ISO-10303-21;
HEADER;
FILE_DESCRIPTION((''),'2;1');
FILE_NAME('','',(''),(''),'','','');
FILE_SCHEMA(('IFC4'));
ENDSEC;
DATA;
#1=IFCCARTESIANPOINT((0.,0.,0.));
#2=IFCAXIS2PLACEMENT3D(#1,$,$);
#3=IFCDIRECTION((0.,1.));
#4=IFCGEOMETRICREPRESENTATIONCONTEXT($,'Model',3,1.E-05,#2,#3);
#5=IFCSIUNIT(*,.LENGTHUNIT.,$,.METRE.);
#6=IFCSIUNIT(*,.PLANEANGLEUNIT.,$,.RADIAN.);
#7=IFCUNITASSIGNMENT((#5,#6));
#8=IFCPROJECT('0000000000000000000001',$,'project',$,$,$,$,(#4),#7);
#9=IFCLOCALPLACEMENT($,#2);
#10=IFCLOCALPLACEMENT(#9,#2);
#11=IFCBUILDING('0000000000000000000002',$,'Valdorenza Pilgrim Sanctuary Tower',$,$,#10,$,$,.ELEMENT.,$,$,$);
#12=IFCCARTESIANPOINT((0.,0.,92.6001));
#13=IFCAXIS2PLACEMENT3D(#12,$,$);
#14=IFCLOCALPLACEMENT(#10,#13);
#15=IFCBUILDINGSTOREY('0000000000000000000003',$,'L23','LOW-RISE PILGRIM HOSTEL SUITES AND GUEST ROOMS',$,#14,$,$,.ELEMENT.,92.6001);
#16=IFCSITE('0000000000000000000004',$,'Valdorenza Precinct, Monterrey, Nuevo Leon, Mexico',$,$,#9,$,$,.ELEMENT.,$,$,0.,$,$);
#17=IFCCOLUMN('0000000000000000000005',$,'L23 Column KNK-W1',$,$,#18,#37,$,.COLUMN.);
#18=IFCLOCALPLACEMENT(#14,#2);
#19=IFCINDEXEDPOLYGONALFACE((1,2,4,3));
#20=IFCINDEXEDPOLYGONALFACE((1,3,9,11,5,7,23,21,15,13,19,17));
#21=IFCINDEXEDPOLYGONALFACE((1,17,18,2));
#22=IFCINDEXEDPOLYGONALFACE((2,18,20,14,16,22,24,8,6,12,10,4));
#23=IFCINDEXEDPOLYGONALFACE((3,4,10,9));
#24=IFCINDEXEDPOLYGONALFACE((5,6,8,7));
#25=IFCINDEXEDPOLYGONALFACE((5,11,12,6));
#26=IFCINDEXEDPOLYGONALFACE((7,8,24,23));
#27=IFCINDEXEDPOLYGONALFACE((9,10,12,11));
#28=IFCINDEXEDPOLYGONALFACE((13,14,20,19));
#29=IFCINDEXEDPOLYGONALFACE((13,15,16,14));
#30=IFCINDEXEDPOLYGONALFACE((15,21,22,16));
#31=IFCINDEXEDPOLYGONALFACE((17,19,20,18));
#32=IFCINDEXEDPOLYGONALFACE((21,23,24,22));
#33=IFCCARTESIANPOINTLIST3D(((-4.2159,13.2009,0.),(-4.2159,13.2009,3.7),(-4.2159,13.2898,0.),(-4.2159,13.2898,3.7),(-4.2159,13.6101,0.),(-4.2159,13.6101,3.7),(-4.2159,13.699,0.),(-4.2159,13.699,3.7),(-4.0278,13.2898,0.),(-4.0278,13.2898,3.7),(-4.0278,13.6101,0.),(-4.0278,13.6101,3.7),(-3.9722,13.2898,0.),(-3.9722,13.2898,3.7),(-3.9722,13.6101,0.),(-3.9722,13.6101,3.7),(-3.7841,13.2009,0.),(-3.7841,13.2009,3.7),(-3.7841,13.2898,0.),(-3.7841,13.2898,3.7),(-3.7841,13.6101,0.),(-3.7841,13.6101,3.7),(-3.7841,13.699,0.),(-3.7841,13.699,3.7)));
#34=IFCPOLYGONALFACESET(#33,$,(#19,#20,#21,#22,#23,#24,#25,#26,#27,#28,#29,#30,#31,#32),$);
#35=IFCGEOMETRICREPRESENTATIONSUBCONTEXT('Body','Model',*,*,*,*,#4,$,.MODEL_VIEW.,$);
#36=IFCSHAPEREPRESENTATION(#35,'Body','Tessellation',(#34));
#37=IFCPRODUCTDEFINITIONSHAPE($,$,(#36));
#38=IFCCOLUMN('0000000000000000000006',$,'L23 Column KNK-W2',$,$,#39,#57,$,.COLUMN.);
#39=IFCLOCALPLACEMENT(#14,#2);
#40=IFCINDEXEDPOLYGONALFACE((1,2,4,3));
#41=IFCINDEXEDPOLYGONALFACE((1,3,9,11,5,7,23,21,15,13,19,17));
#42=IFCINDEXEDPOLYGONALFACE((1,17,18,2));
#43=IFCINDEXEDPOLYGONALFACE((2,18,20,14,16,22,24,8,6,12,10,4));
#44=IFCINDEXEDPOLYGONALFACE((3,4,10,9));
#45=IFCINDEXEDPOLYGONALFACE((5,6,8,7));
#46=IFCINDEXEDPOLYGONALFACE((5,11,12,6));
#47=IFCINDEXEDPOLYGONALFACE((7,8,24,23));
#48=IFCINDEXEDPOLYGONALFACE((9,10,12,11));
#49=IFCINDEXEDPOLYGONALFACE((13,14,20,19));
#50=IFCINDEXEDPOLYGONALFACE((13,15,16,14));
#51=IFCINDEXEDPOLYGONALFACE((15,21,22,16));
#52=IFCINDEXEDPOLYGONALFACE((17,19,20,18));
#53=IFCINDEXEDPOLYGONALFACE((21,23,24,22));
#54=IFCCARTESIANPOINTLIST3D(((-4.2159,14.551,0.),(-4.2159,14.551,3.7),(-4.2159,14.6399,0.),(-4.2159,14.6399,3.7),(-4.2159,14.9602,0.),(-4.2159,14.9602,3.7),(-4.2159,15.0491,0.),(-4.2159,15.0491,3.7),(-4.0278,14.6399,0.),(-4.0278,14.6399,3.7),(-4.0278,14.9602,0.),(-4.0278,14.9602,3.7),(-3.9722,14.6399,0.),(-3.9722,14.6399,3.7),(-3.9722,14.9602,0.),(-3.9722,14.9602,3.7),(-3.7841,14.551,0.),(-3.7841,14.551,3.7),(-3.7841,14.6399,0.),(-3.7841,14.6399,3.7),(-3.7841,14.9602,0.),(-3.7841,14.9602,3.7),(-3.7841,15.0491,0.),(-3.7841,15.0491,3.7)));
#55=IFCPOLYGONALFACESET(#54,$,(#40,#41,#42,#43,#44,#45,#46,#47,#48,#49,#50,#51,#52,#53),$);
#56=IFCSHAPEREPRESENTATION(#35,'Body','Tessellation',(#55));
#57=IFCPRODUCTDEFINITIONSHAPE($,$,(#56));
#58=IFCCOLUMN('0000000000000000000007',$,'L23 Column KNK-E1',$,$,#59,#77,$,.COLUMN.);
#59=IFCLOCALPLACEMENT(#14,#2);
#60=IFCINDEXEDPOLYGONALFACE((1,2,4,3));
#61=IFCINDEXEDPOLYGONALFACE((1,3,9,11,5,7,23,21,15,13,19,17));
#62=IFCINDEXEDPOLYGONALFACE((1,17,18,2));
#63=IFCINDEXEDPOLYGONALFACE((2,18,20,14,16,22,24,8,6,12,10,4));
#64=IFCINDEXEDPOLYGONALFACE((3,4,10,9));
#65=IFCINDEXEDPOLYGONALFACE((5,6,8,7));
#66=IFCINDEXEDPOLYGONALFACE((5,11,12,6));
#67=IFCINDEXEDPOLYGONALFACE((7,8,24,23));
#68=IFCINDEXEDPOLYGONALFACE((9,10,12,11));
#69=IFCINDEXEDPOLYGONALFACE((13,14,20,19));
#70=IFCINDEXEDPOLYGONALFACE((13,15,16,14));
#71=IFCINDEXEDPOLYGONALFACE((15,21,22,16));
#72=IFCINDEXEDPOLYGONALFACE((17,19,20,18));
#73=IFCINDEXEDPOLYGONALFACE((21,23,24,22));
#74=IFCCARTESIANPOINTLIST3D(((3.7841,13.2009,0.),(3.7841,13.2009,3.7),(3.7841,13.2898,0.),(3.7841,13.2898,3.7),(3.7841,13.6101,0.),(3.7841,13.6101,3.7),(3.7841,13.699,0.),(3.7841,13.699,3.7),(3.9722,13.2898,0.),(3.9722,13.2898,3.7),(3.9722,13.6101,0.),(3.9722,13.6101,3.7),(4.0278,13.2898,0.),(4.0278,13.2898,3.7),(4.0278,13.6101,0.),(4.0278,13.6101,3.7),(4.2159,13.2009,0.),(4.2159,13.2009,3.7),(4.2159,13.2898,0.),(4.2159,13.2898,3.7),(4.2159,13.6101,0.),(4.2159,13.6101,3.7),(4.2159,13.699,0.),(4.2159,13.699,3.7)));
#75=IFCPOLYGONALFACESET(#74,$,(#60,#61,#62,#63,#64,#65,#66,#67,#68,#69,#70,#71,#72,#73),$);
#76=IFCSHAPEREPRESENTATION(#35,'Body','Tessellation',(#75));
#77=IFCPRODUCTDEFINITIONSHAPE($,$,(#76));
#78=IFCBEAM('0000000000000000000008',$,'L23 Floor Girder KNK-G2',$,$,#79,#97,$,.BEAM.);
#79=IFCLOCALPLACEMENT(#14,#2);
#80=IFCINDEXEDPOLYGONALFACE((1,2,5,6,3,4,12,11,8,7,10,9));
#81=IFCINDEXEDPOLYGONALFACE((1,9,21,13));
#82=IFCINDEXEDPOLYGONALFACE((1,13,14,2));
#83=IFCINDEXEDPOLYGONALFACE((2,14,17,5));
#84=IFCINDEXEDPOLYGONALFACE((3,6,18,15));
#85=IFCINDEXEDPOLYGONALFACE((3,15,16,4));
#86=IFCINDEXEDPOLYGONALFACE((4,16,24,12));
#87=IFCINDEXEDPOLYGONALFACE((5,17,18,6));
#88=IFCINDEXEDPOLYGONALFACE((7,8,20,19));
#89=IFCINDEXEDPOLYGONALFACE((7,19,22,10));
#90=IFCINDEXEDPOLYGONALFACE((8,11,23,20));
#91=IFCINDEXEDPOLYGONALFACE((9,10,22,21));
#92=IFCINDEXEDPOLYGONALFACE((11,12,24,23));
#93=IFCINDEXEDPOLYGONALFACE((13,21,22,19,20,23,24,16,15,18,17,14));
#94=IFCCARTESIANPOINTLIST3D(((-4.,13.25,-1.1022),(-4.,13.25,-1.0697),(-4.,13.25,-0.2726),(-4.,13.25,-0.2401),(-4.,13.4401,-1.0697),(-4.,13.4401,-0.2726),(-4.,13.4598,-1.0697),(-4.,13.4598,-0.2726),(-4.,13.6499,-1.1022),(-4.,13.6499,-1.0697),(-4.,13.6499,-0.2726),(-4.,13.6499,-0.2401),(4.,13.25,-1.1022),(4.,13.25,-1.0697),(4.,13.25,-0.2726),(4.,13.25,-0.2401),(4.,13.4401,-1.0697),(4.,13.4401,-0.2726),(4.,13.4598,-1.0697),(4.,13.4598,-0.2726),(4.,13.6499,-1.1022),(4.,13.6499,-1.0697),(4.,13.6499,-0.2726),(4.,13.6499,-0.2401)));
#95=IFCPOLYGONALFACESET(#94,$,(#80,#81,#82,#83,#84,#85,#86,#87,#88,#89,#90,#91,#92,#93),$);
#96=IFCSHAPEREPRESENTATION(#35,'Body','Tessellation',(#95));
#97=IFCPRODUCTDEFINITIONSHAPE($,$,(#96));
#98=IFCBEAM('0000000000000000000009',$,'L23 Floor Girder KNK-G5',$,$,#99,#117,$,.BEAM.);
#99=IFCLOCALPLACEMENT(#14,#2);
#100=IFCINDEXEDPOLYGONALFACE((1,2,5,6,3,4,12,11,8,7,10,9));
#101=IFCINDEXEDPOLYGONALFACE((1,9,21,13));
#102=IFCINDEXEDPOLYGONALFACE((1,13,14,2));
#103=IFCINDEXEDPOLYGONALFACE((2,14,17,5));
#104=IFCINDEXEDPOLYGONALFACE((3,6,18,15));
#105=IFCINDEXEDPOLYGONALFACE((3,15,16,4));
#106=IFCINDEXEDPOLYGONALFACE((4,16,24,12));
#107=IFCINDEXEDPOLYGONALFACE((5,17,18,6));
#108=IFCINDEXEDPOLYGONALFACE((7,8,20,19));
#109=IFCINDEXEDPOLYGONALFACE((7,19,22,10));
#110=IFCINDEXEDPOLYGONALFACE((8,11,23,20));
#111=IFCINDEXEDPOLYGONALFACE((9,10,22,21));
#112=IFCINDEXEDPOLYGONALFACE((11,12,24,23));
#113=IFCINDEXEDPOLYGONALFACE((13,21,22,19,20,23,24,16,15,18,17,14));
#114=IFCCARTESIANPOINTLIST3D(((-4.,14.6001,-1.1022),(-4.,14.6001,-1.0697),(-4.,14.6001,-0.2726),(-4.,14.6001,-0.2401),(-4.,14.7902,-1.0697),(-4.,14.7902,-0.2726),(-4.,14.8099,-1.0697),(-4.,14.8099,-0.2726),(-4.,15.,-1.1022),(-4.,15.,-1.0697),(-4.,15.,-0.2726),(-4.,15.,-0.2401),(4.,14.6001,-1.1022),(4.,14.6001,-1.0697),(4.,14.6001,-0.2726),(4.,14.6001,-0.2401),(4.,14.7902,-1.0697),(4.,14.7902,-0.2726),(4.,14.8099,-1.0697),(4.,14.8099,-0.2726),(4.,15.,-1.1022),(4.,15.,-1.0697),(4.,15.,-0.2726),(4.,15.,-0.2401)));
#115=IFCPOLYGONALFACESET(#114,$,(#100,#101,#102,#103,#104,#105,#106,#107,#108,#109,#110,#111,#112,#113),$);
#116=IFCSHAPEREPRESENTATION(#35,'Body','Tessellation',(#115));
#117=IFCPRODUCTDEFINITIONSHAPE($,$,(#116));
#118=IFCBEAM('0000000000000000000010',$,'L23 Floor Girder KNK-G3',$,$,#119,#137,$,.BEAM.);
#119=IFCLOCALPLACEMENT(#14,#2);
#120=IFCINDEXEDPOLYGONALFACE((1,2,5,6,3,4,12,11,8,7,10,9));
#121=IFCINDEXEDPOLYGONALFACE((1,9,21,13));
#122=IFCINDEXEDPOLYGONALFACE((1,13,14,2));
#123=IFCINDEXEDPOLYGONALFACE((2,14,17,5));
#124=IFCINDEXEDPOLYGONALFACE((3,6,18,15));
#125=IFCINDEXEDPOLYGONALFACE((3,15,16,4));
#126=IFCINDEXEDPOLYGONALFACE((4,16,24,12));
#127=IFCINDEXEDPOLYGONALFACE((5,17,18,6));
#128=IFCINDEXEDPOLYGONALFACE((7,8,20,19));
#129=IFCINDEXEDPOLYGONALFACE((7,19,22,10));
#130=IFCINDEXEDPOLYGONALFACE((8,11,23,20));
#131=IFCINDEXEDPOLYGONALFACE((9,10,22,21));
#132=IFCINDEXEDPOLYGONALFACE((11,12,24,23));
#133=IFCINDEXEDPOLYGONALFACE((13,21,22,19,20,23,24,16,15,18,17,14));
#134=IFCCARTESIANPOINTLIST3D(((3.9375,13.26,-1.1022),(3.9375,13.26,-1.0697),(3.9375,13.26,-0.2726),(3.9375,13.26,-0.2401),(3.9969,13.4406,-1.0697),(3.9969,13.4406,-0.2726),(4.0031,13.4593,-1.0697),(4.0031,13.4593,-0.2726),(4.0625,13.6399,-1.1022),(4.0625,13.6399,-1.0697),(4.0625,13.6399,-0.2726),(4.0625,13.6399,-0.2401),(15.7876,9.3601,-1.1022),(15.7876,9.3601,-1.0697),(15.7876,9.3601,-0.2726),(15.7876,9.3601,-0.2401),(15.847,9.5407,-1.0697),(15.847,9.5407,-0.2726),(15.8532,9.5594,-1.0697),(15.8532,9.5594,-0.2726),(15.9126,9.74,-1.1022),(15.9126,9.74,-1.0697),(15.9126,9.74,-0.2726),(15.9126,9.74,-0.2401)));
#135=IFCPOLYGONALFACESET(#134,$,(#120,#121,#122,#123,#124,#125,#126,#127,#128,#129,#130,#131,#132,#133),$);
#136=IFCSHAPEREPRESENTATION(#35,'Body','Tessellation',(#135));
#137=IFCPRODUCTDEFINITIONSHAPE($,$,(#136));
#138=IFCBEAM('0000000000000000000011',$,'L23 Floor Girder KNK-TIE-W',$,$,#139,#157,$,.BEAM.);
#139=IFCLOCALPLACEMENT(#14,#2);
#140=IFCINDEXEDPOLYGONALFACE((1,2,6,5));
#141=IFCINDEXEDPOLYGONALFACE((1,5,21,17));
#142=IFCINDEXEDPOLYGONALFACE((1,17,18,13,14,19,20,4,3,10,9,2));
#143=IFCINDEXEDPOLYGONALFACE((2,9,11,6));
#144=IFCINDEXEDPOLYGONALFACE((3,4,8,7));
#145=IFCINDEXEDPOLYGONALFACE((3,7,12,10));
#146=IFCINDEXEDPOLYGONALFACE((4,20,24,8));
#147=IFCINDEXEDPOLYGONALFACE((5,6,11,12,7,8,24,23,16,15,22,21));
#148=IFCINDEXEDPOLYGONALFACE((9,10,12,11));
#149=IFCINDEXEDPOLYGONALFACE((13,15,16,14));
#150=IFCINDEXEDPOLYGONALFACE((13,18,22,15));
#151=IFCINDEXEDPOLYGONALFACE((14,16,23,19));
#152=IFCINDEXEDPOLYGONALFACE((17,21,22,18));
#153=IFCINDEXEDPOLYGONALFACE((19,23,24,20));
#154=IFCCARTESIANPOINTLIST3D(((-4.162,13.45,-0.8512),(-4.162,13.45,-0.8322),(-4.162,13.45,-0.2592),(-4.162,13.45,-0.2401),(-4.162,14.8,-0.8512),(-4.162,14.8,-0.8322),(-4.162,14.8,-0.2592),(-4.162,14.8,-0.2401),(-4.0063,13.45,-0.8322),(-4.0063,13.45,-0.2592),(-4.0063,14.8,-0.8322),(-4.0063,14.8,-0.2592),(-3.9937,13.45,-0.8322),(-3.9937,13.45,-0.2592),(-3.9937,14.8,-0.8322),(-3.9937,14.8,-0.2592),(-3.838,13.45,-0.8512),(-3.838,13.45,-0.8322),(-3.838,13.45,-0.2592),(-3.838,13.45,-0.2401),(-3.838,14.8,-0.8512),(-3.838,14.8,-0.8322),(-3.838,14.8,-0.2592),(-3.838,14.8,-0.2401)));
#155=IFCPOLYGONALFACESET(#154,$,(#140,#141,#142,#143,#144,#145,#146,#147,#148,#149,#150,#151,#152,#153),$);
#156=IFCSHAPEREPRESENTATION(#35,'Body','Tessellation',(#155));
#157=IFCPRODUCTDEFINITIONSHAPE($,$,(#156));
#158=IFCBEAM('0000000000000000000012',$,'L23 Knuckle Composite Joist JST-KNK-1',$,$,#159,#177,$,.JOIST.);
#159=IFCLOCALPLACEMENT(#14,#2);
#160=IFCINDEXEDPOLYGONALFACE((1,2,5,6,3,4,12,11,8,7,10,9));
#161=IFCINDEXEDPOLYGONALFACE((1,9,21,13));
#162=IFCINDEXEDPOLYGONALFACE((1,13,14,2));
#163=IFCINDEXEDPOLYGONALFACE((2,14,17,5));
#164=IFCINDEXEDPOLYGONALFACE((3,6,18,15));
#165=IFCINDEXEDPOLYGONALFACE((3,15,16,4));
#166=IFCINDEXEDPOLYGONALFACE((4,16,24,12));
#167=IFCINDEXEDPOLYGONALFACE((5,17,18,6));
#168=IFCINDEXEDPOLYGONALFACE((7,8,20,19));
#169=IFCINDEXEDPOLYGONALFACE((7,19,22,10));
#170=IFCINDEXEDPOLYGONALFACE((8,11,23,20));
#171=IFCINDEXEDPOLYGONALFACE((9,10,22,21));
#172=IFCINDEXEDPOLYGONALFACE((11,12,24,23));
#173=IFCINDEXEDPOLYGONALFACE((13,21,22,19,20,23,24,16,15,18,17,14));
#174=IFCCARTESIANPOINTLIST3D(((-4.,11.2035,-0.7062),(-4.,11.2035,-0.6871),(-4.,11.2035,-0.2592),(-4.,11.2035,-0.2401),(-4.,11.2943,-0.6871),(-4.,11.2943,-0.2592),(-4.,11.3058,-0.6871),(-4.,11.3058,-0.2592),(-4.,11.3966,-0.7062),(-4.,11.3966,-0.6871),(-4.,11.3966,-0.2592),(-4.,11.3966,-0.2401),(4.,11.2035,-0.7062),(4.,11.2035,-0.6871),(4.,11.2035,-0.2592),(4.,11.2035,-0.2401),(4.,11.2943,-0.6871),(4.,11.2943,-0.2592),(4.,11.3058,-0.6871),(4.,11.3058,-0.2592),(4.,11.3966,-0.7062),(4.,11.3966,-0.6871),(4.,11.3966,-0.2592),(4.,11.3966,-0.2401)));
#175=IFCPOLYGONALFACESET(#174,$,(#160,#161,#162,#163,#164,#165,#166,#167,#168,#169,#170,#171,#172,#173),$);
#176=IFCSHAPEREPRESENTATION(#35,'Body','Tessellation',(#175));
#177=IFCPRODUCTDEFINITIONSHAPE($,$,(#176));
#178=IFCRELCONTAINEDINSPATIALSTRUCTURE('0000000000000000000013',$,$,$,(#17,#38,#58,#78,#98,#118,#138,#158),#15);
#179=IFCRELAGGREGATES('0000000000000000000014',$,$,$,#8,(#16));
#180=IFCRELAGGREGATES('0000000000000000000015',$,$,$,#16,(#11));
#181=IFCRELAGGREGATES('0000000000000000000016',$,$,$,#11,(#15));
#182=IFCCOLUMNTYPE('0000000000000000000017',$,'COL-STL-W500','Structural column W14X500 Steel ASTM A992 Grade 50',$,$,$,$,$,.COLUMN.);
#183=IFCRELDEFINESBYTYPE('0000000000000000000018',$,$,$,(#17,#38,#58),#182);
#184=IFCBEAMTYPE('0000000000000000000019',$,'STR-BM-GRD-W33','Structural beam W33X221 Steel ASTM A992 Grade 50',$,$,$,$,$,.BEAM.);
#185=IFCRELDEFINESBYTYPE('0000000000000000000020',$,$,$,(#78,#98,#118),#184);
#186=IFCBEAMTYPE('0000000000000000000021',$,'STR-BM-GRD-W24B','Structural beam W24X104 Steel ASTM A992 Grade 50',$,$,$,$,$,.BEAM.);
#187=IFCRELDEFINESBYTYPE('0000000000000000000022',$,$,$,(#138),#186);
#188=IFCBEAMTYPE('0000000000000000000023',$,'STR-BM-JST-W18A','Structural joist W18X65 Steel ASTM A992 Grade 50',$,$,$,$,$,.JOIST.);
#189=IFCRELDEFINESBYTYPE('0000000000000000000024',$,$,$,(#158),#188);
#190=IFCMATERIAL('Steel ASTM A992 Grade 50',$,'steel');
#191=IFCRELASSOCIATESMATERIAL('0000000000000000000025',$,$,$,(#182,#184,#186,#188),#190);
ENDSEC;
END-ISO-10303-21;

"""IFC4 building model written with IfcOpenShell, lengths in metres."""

from ifc_helpers import new_model, si_unit, direction, frame, origin, origin_2d, place, context, subcontext, project, spatial, i_section, extrude, source, transform, mapped, material, material_profile, profile_set, type_object, element, save


model = new_model("IFC4")

# Units and contexts
model_context = context("Model", 3, precision=1e-05, world=origin(), true_north=direction((0.0, 1.0)))
body_context = subcontext(model_context, "Body", "Model", "MODEL_VIEW")
ifc_project = project(units=[si_unit("LENGTHUNIT", "METRE"), si_unit("PLANEANGLEUNIT", "RADIAN")], contexts=[model_context])

# Site, building, storey
site_placement = place(None, origin())
site = spatial("IfcSite", under=ifc_project, at=site_placement, Name="Valdorenza Precinct, Monterrey, Nuevo Leon, Mexico", CompositionType="ELEMENT", RefElevation=0.0)
building_placement = place(site_placement, origin())
building = spatial("IfcBuilding", under=site, at=building_placement, Name="Valdorenza Pilgrim Sanctuary Tower", CompositionType="ELEMENT")
storey_placement = place(building_placement, frame((0.0, 0.0, 92.6001)))
storey = spatial("IfcBuildingStorey", under=building, at=storey_placement, Name="L23", Description="LOW-RISE PILGRIM HOSTEL SUITES AND GUEST ROOMS", CompositionType="ELEMENT", Elevation=92.6001)

# Columns
ifc_material_1 = material(Name="Steel ASTM A992 Grade 50", Category="steel")
ifc_material_profile_1 = material_profile(ifc_material_1, i_section(OverallWidth=0.4319, OverallDepth=0.498, WebThickness=0.0557, FlangeThickness=0.0889, at=origin_2d()), Name="W14X500")
ifc_profile_set_1 = profile_set([ifc_material_profile_1], Name="Steel ASTM A992 Grade 50")
column_type = type_object("IfcColumnType", Name="COL-STL-W500", Description="Structural column W14X500 Steel ASTM A992 Grade 50", PredefinedType="COLUMN", material=ifc_profile_set_1)
shared_shape_1 = source(origin(), body_context, "Body", "SweptSolid", [
    extrude(i_section(OverallWidth=0.4319, OverallDepth=0.498, WebThickness=0.0557, FlangeThickness=0.0889, at=origin_2d()), origin(), (0.0, 0.0, 1.0), 3.7),
])
for number, where, z_axis, x_axis, name in (
    (1, (-4.0, 13.45, 0.0), (0.0, 0.0, 1.0), (1.0, 0.0, 0.0), "L23 Column KNK-W1"),
    (2, (-4.0, 14.8, 0.0), (0.0, 0.0, 1.0), (1.0, 0.0, 0.0), "L23 Column KNK-W2"),
    (3, (4.0, 13.45, 0.0), (0.0, 0.0, 1.0), (1.0, 0.0, 0.0), "L23 Column KNK-E1"),
):
    element("IfcColumn", number, at=place(storey_placement, frame(where, z_axis=z_axis, x_axis=x_axis)), inside=storey, type_object=column_type, Name=name, PredefinedType="COLUMN", context=body_context, shape_type="MappedRepresentation", body=[
        mapped(shared_shape_1, transform((0.0, 0.0, 0.0), x_axis=(1.0, 0.0, 0.0), y_axis=(0.0, 1.0, 0.0), z_axis=(0.0, 0.0, 1.0), scale=1.0)),
    ])

# Beams
ifc_material_profile_2 = material_profile(ifc_material_1, i_section(OverallWidth=0.3999, OverallDepth=0.8621, WebThickness=0.0198, FlangeThickness=0.0325, at=origin_2d()), Name="W33X221")
ifc_profile_set_2 = profile_set([ifc_material_profile_2], Name="Steel ASTM A992 Grade 50")
beam_type_1 = type_object("IfcBeamType", Name="STR-BM-GRD-W33", Description="Structural beam W33X221 Steel ASTM A992 Grade 50", PredefinedType="BEAM", material=ifc_profile_set_2)
shared_shape_2 = source(origin(), body_context, "Body", "SweptSolid", [
    extrude(i_section(OverallWidth=0.3999, OverallDepth=0.8621, WebThickness=0.0198, FlangeThickness=0.0325, at=origin_2d()), origin(), (0.0, 0.0, 1.0), 8.0),
])
for number, where, z_axis, x_axis, name in (
    (4, (-4.0, 13.45, -0.6711), (1.0, 0.0, 0.0), (0.0, 1.0, 0.0), "L23 Floor Girder KNK-G2"),
    (5, (-4.0, 14.8, -0.6711), (1.0, 0.0, 0.0), (0.0, 1.0, 0.0), "L23 Floor Girder KNK-G5"),
):
    element("IfcBeam", number, at=place(storey_placement, frame(where, z_axis=z_axis, x_axis=x_axis)), inside=storey, type_object=beam_type_1, Name=name, PredefinedType="BEAM", context=body_context, shape_type="MappedRepresentation", body=[
        mapped(shared_shape_2, transform((0.0, 0.0, 0.0), x_axis=(1.0, 0.0, 0.0), y_axis=(0.0, 1.0, 0.0), z_axis=(0.0, 0.0, 1.0), scale=1.0)),
    ])
shared_shape_3 = source(origin(), body_context, "Body", "SweptSolid", [
    extrude(i_section(OverallWidth=0.3999, OverallDepth=0.8621, WebThickness=0.0198, FlangeThickness=0.0325, at=origin_2d()), origin(), (0.0, 0.0, 1.0), 12.4753),
])
beam_1_placement = place(storey_placement, frame((4.0, 13.45, -0.6711), z_axis=(0.949882, -0.312609, 0.0), x_axis=(0.312609, 0.949882, 0.0)))
element("IfcBeam", 6, at=beam_1_placement, inside=storey, type_object=beam_type_1, Name="L23 Floor Girder KNK-G3", PredefinedType="BEAM", context=body_context, shape_type="MappedRepresentation", body=[
    mapped(shared_shape_3, transform((0.0, 0.0, 0.0), x_axis=(1.0, 0.0, 0.0), y_axis=(0.0, 1.0, 0.0), z_axis=(0.0, 0.0, 1.0), scale=1.0)),
])
ifc_material_profile_3 = material_profile(ifc_material_1, i_section(OverallWidth=0.324, OverallDepth=0.6111, WebThickness=0.0127, FlangeThickness=0.019, at=origin_2d()), Name="W24X104")
ifc_profile_set_3 = profile_set([ifc_material_profile_3], Name="Steel ASTM A992 Grade 50")
beam_type_2 = type_object("IfcBeamType", Name="STR-BM-GRD-W24B", Description="Structural beam W24X104 Steel ASTM A992 Grade 50", PredefinedType="BEAM", material=ifc_profile_set_3)
shared_shape_4 = source(origin(), body_context, "Body", "SweptSolid", [
    extrude(i_section(OverallWidth=0.324, OverallDepth=0.6111, WebThickness=0.0127, FlangeThickness=0.019, at=origin_2d()), origin(), (0.0, 0.0, 1.0), 1.3501),
])
beam_2_placement = place(storey_placement, frame((-4.0, 13.45, -0.5457), z_axis=(0.0, 1.0, 0.0), x_axis=(-1.0, 0.0, 0.0)))
element("IfcBeam", 7, at=beam_2_placement, inside=storey, type_object=beam_type_2, Name="L23 Floor Girder KNK-TIE-W", PredefinedType="BEAM", context=body_context, shape_type="MappedRepresentation", body=[
    mapped(shared_shape_4, transform((0.0, 0.0, 0.0), x_axis=(1.0, 0.0, 0.0), y_axis=(0.0, 1.0, 0.0), z_axis=(0.0, 0.0, 1.0), scale=1.0)),
])
ifc_material_profile_4 = material_profile(ifc_material_1, i_section(OverallWidth=0.1931, OverallDepth=0.4661, WebThickness=0.0115, FlangeThickness=0.019, at=origin_2d()), Name="W18X65")
ifc_profile_set_4 = profile_set([ifc_material_profile_4], Name="Steel ASTM A992 Grade 50")
beam_type_3 = type_object("IfcBeamType", Name="STR-BM-JST-W18A", Description="Structural joist W18X65 Steel ASTM A992 Grade 50", PredefinedType="JOIST", material=ifc_profile_set_4)
shared_shape_5 = source(origin(), body_context, "Body", "SweptSolid", [
    extrude(i_section(OverallWidth=0.1931, OverallDepth=0.4661, WebThickness=0.0115, FlangeThickness=0.019, at=origin_2d()), origin(), (0.0, 0.0, 1.0), 8.0),
])
for number, where, z_axis, x_axis, name in (
    (8, (-4.0, 11.3, -0.4731), (1.0, 0.0, 0.0), (0.0, 1.0, 0.0), "L23 Knuckle Composite Joist JST-KNK-1"),
):
    element("IfcBeam", number, at=place(storey_placement, frame(where, z_axis=z_axis, x_axis=x_axis)), inside=storey, type_object=beam_type_3, Name=name, PredefinedType="JOIST", context=body_context, shape_type="MappedRepresentation", body=[
        mapped(shared_shape_5, transform((0.0, 0.0, 0.0), x_axis=(1.0, 0.0, 0.0), y_axis=(0.0, 1.0, 0.0), z_axis=(0.0, 0.0, 1.0), scale=1.0)),
    ])

save(model, "model.ifc")
